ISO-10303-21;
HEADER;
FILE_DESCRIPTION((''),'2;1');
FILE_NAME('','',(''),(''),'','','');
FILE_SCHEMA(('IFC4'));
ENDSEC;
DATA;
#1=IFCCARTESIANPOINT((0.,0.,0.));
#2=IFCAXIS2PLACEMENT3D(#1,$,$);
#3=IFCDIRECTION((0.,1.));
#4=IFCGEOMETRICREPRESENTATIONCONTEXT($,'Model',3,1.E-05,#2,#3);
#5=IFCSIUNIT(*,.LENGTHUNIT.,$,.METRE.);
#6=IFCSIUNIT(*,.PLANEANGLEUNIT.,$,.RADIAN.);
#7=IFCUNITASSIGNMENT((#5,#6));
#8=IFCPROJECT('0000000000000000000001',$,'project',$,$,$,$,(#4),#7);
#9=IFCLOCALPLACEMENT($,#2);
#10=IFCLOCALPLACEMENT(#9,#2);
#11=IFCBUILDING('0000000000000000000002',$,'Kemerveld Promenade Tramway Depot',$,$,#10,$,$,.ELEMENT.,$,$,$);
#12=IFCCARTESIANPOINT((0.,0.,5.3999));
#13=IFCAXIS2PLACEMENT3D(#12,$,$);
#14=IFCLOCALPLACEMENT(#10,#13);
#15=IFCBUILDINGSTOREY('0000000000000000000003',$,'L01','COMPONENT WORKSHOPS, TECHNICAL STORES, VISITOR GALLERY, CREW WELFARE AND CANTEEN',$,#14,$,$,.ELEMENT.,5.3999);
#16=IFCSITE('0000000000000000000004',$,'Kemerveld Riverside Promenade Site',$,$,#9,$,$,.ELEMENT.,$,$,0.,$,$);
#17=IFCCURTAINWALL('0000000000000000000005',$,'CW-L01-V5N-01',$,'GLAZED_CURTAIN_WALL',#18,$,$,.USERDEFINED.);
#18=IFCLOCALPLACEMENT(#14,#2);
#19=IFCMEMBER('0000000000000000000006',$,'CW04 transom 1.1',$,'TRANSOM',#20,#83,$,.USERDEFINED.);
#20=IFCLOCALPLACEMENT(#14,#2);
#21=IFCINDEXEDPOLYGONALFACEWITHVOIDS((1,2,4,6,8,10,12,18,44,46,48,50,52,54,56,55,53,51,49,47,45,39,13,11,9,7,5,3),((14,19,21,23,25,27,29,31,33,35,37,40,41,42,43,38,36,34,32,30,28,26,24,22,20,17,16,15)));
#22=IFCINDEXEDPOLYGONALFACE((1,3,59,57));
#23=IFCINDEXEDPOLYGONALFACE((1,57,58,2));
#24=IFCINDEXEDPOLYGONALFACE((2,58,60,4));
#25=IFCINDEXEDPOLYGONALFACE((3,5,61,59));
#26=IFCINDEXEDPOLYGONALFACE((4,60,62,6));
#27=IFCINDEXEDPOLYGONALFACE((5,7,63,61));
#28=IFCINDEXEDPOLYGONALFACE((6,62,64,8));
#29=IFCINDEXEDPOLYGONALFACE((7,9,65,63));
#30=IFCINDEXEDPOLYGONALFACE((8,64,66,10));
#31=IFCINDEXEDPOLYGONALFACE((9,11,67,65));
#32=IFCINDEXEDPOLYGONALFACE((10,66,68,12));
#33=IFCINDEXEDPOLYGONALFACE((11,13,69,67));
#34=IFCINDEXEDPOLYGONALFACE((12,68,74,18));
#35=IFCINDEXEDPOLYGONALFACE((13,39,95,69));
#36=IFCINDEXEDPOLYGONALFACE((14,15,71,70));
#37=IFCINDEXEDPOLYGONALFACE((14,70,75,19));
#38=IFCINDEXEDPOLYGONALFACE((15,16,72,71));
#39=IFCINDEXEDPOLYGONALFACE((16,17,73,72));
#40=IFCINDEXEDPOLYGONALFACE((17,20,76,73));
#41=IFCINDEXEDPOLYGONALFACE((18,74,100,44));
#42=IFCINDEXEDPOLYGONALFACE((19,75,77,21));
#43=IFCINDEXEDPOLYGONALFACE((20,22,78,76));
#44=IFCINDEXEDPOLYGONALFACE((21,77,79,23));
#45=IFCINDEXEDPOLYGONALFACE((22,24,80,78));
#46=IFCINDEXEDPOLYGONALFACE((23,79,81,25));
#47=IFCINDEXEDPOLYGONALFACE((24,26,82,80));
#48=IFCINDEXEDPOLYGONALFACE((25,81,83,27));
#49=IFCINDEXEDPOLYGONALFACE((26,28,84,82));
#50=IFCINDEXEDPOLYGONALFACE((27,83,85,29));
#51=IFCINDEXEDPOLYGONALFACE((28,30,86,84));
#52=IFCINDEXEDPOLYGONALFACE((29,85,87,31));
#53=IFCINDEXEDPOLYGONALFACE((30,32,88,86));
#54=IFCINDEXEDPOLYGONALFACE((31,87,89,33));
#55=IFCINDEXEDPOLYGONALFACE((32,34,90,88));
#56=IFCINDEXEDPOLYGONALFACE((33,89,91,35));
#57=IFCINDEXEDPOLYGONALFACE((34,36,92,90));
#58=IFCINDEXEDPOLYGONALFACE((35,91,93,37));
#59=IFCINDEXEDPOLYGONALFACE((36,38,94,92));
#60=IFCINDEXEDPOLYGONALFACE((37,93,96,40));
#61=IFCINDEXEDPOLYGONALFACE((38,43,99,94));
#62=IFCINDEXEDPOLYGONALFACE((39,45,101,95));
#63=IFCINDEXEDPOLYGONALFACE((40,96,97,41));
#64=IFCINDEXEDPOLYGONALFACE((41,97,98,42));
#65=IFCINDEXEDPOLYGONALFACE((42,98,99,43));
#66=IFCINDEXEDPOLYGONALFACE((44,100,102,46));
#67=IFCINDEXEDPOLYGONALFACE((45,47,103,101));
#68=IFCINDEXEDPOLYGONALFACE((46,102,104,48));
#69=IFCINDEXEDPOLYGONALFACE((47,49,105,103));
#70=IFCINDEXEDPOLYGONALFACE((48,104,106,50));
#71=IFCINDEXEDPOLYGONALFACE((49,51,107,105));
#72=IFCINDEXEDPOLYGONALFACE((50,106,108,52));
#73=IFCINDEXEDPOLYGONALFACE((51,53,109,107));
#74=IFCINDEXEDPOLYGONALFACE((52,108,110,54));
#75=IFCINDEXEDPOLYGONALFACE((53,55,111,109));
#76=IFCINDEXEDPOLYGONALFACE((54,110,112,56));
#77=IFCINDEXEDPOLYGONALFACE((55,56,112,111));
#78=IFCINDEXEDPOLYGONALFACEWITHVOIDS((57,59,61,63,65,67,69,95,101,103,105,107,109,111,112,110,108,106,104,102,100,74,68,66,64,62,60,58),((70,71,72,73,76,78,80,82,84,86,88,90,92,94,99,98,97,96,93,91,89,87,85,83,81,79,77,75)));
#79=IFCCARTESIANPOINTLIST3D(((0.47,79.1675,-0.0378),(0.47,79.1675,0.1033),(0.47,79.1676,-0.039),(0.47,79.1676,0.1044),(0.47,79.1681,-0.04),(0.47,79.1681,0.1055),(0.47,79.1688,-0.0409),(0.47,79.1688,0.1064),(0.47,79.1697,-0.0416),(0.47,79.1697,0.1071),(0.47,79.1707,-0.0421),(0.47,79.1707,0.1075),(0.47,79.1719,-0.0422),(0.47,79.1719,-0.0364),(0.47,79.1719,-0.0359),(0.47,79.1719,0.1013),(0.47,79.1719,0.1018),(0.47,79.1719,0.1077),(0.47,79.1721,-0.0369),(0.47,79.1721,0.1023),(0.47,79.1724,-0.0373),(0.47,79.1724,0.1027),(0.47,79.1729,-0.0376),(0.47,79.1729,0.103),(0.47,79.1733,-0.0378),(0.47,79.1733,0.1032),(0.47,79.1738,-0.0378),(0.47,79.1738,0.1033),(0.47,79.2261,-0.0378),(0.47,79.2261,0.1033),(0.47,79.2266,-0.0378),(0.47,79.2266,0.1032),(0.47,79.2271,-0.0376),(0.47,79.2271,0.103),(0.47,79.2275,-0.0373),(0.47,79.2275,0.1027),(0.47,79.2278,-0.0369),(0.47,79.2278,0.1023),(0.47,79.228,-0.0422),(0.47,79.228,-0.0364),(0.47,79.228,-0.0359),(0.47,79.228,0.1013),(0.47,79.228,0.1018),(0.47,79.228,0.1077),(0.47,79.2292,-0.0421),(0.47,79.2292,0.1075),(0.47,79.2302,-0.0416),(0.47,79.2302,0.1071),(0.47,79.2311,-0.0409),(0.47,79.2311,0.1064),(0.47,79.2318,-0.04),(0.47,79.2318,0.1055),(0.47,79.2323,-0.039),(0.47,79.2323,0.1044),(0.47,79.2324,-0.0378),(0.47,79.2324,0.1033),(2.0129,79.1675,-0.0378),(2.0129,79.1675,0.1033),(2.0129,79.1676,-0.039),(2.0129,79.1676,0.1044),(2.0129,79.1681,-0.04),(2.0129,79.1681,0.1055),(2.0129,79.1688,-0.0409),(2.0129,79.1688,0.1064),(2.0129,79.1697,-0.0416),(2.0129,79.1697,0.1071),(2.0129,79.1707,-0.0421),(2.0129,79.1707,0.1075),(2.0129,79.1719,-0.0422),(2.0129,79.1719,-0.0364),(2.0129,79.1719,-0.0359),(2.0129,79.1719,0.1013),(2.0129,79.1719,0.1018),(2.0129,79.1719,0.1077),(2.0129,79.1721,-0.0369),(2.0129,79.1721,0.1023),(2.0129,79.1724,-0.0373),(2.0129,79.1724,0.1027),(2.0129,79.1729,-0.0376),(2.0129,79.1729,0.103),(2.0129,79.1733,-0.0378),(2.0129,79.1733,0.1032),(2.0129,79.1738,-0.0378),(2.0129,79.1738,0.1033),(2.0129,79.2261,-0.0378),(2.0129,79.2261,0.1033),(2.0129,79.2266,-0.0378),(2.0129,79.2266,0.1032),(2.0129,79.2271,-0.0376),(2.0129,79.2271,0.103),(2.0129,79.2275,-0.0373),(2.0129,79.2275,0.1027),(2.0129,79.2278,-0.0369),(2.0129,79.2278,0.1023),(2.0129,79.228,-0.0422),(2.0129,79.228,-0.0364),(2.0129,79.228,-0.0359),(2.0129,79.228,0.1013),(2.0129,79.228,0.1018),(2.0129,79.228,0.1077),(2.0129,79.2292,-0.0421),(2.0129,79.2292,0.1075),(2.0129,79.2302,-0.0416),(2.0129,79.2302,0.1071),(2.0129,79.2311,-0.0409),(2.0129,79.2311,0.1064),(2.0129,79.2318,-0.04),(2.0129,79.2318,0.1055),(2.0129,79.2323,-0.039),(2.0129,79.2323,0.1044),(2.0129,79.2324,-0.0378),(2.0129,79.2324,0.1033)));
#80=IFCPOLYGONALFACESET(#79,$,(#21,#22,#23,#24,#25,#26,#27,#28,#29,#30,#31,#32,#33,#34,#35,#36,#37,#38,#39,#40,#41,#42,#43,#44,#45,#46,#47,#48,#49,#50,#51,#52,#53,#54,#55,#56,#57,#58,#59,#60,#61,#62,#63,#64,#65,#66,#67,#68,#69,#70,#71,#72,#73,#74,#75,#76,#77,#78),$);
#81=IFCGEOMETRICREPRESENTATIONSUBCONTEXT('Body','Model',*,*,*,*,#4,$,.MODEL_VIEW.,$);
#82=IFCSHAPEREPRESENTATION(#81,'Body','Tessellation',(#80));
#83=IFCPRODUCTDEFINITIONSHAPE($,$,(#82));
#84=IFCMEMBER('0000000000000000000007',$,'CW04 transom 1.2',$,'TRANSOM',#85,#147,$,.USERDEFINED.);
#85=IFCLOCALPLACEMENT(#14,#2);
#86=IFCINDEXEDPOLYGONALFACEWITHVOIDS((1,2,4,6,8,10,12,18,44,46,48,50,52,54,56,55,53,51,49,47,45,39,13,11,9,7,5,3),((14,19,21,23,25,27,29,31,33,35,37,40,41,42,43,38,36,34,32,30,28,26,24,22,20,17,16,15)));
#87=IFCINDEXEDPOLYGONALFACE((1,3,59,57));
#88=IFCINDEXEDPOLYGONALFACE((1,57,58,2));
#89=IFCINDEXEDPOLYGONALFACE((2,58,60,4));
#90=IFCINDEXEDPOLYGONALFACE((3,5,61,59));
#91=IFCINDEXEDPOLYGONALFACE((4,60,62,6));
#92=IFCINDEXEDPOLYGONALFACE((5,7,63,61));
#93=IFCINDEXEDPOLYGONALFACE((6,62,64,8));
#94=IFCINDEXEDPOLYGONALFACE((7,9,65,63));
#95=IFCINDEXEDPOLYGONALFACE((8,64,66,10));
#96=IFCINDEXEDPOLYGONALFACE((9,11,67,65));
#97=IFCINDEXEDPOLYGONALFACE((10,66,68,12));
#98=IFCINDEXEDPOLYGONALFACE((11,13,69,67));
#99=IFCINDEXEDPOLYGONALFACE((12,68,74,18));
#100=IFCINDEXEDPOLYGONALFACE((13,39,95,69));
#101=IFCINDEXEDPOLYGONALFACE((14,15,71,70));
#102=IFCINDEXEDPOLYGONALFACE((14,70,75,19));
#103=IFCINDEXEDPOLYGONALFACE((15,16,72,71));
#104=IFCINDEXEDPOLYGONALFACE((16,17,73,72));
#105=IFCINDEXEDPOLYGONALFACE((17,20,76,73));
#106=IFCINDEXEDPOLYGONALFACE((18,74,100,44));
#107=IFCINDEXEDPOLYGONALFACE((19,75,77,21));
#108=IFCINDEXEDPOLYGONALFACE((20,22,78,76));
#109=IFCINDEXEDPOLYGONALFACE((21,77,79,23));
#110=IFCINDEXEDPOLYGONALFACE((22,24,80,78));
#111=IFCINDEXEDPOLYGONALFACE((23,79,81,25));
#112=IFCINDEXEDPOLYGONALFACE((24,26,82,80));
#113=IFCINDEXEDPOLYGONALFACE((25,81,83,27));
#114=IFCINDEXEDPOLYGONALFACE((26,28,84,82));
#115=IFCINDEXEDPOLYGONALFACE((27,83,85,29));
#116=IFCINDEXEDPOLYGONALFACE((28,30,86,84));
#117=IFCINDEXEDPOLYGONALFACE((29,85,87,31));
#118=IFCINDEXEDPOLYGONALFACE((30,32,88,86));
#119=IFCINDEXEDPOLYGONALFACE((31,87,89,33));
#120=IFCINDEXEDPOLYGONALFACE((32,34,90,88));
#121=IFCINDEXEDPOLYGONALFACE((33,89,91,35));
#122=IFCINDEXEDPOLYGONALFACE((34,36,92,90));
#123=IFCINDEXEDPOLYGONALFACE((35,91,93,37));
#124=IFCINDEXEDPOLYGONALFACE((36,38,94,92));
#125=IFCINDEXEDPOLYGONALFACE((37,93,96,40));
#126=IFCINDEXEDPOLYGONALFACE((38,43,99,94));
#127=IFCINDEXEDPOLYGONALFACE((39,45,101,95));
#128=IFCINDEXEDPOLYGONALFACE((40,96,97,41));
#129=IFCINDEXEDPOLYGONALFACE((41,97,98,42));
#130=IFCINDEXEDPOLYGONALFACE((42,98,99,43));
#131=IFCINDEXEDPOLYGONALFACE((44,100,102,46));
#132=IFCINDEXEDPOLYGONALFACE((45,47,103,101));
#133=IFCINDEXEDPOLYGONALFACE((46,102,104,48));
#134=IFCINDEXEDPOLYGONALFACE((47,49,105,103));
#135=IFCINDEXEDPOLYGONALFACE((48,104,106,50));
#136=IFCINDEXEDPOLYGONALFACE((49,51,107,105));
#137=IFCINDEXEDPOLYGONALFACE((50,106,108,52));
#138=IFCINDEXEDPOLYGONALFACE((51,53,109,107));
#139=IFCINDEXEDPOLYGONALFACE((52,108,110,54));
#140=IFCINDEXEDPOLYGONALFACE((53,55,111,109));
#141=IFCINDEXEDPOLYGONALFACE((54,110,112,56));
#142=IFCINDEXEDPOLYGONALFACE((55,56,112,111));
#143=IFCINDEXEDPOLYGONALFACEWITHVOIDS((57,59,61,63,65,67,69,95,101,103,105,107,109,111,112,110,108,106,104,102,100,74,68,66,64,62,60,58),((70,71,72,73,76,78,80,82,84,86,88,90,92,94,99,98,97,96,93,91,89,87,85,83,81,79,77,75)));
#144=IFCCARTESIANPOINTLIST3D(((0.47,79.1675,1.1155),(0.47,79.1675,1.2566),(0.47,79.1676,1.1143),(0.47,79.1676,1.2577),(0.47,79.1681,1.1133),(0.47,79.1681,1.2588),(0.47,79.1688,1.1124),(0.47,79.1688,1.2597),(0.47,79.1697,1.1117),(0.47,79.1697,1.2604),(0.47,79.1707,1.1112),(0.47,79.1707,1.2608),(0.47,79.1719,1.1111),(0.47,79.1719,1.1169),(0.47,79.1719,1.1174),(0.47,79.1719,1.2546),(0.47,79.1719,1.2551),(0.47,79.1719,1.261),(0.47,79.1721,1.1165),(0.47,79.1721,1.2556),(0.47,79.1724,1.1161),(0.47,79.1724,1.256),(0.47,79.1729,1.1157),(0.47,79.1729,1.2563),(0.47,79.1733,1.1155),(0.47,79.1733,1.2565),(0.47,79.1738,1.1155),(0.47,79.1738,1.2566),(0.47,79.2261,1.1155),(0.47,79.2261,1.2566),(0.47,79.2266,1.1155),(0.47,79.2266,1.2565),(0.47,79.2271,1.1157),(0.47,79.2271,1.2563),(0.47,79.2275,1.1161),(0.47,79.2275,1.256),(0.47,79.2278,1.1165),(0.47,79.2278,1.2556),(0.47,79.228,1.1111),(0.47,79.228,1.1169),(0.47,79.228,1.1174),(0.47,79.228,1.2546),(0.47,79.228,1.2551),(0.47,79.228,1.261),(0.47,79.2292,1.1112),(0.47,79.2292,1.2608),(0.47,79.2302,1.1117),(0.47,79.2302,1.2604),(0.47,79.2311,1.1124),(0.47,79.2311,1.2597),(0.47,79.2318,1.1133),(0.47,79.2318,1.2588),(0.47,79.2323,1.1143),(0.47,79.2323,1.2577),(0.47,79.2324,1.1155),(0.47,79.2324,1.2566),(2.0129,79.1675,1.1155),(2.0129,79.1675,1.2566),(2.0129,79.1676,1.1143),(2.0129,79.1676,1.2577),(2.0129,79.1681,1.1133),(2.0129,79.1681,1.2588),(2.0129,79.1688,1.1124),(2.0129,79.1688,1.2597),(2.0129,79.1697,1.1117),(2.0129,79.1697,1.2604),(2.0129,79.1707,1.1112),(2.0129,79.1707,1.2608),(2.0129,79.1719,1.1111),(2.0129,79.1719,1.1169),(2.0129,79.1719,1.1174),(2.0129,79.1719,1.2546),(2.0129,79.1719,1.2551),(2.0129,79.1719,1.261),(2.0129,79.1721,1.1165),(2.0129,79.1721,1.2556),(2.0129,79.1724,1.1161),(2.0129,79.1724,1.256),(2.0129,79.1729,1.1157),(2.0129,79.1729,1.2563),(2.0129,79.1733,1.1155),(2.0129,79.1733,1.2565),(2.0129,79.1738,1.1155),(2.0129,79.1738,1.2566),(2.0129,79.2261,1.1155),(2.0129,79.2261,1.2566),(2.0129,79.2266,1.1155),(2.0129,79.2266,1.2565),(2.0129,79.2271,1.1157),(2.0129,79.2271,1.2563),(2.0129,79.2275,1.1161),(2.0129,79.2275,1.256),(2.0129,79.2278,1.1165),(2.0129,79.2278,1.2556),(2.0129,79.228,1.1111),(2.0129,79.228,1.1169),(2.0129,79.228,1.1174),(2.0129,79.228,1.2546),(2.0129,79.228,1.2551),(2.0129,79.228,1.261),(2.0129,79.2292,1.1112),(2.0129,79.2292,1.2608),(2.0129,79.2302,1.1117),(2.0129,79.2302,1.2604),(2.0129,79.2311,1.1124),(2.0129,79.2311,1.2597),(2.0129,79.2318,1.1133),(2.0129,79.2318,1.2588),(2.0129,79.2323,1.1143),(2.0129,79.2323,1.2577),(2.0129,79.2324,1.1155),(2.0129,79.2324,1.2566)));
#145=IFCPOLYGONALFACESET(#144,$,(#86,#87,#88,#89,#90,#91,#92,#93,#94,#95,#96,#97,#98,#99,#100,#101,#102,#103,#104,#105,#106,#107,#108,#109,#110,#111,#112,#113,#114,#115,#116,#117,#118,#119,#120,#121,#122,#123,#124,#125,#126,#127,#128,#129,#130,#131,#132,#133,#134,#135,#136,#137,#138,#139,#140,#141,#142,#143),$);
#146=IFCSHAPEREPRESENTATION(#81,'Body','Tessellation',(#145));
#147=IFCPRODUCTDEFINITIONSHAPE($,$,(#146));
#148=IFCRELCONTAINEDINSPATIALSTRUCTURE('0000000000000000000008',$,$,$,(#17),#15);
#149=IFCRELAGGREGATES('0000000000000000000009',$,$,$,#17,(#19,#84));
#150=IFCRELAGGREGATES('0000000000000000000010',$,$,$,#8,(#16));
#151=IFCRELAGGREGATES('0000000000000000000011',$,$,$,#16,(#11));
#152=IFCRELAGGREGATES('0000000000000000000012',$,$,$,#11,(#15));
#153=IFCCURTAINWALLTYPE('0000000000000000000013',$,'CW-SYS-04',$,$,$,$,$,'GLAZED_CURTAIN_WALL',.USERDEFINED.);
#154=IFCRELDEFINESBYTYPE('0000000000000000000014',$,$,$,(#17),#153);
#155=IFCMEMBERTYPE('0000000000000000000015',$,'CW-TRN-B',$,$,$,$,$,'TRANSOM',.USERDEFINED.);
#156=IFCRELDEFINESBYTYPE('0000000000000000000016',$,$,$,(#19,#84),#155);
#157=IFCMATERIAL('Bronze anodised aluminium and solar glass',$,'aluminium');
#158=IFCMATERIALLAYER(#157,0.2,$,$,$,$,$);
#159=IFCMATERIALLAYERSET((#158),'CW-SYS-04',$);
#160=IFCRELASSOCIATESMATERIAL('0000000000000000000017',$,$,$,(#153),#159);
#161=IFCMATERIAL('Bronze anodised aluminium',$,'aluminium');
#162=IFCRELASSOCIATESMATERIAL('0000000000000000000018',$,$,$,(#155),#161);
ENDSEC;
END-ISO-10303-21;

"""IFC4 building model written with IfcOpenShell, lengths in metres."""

from ifc_helpers import new_model, si_unit, direction, frame, origin, origin_2d, place, context, subcontext, project, spatial, hollow_rectangle, extrude, material, layer, layer_set, material_profile, profile_set, type_object, element, aggregate, save


model = new_model("IFC4")

# Units and contexts
model_context = context("Model", 3, precision=1e-05, world=origin(), true_north=direction((0.0, 1.0)))
body_context = subcontext(model_context, "Body", "Model", "MODEL_VIEW")
ifc_project = project(units=[si_unit("LENGTHUNIT", "METRE"), si_unit("PLANEANGLEUNIT", "RADIAN")], contexts=[model_context])

# Site, building, storey
site_placement = place(None, origin())
site = spatial("IfcSite", under=ifc_project, at=site_placement, Name="Kemerveld Riverside Promenade Site", CompositionType="ELEMENT", RefElevation=0.0)
building_placement = place(site_placement, origin())
building = spatial("IfcBuilding", under=site, at=building_placement, Name="Kemerveld Promenade Tramway Depot", CompositionType="ELEMENT")
storey_placement = place(building_placement, frame((0.0, 0.0, 5.3999)))
storey = spatial("IfcBuildingStorey", under=building, at=storey_placement, Name="L01", Description="COMPONENT WORKSHOPS, TECHNICAL STORES, VISITOR GALLERY, CREW WELFARE AND CANTEEN", CompositionType="ELEMENT", Elevation=5.3999)

# Curtain wall
ifc_material_1 = material(Name="Bronze anodised aluminium and solar glass", Category="aluminium")
ifc_material_2 = material(Name="Bronze anodised aluminium", Category="aluminium")
ifc_layer_1 = layer(ifc_material_1, 0.2)
ifc_layer_set_1 = layer_set([ifc_layer_1], Name="CW-SYS-04")
curtain_wall_type_1 = type_object("IfcCurtainWallType", Name="CW-SYS-04", ElementType="GLAZED_CURTAIN_WALL", PredefinedType="USERDEFINED", material=ifc_layer_set_1)
curtain_wall_1_placement = place(storey_placement, origin())
curtain_wall_1 = element("IfcCurtainWall", 1, at=curtain_wall_1_placement, inside=storey, type_object=curtain_wall_type_1, Name="CW-L01-V5N-01", ObjectType="GLAZED_CURTAIN_WALL", PredefinedType="USERDEFINED")

# Members
ifc_material_profile_1 = material_profile(ifc_material_2, hollow_rectangle(XDim=0.0649, YDim=0.1499, WallThickness=0.0044, InnerFilletRadius=0.002, OuterFilletRadius=0.0044, at=origin_2d()), Name="CW-TRN-150x65")
ifc_profile_set_1 = profile_set([ifc_material_profile_1], Name="Bronze anodised aluminium")
member_type_1 = type_object("IfcMemberType", Name="CW-TRN-B", ElementType="TRANSOM", PredefinedType="USERDEFINED", material=ifc_profile_set_1)
member_1_placement = place(storey_placement, frame((0.47, 79.2, 0.0327), z_axis=(1.0, 0.0, 0.0), x_axis=(0.0, 1.0, 0.0)))
member_1 = element("IfcMember", 2, at=member_1_placement, type_object=member_type_1, Name="CW04 transom 1.1", ObjectType="TRANSOM", PredefinedType="USERDEFINED", context=body_context, shape_type="SweptSolid", body=[
    extrude(hollow_rectangle(XDim=0.0649, YDim=0.1499, WallThickness=0.0044, InnerFilletRadius=0.002, OuterFilletRadius=0.0044, at=origin_2d()), origin(), (0.0, 0.0, 1.0), 1.543),
])
member_2_placement = place(storey_placement, frame((0.47, 79.2, 1.186), z_axis=(1.0, 0.0, 0.0), x_axis=(0.0, 1.0, 0.0)))
member_2 = element("IfcMember", 3, at=member_2_placement, type_object=member_type_1, Name="CW04 transom 1.2", ObjectType="TRANSOM", PredefinedType="USERDEFINED", context=body_context, shape_type="SweptSolid", body=[
    extrude(hollow_rectangle(XDim=0.0649, YDim=0.1499, WallThickness=0.0044, InnerFilletRadius=0.002, OuterFilletRadius=0.0044, at=origin_2d()), origin(), (0.0, 0.0, 1.0), 1.543),
])

aggregate(curtain_wall_1, [member_1, member_2])

save(model, "model.ifc")
